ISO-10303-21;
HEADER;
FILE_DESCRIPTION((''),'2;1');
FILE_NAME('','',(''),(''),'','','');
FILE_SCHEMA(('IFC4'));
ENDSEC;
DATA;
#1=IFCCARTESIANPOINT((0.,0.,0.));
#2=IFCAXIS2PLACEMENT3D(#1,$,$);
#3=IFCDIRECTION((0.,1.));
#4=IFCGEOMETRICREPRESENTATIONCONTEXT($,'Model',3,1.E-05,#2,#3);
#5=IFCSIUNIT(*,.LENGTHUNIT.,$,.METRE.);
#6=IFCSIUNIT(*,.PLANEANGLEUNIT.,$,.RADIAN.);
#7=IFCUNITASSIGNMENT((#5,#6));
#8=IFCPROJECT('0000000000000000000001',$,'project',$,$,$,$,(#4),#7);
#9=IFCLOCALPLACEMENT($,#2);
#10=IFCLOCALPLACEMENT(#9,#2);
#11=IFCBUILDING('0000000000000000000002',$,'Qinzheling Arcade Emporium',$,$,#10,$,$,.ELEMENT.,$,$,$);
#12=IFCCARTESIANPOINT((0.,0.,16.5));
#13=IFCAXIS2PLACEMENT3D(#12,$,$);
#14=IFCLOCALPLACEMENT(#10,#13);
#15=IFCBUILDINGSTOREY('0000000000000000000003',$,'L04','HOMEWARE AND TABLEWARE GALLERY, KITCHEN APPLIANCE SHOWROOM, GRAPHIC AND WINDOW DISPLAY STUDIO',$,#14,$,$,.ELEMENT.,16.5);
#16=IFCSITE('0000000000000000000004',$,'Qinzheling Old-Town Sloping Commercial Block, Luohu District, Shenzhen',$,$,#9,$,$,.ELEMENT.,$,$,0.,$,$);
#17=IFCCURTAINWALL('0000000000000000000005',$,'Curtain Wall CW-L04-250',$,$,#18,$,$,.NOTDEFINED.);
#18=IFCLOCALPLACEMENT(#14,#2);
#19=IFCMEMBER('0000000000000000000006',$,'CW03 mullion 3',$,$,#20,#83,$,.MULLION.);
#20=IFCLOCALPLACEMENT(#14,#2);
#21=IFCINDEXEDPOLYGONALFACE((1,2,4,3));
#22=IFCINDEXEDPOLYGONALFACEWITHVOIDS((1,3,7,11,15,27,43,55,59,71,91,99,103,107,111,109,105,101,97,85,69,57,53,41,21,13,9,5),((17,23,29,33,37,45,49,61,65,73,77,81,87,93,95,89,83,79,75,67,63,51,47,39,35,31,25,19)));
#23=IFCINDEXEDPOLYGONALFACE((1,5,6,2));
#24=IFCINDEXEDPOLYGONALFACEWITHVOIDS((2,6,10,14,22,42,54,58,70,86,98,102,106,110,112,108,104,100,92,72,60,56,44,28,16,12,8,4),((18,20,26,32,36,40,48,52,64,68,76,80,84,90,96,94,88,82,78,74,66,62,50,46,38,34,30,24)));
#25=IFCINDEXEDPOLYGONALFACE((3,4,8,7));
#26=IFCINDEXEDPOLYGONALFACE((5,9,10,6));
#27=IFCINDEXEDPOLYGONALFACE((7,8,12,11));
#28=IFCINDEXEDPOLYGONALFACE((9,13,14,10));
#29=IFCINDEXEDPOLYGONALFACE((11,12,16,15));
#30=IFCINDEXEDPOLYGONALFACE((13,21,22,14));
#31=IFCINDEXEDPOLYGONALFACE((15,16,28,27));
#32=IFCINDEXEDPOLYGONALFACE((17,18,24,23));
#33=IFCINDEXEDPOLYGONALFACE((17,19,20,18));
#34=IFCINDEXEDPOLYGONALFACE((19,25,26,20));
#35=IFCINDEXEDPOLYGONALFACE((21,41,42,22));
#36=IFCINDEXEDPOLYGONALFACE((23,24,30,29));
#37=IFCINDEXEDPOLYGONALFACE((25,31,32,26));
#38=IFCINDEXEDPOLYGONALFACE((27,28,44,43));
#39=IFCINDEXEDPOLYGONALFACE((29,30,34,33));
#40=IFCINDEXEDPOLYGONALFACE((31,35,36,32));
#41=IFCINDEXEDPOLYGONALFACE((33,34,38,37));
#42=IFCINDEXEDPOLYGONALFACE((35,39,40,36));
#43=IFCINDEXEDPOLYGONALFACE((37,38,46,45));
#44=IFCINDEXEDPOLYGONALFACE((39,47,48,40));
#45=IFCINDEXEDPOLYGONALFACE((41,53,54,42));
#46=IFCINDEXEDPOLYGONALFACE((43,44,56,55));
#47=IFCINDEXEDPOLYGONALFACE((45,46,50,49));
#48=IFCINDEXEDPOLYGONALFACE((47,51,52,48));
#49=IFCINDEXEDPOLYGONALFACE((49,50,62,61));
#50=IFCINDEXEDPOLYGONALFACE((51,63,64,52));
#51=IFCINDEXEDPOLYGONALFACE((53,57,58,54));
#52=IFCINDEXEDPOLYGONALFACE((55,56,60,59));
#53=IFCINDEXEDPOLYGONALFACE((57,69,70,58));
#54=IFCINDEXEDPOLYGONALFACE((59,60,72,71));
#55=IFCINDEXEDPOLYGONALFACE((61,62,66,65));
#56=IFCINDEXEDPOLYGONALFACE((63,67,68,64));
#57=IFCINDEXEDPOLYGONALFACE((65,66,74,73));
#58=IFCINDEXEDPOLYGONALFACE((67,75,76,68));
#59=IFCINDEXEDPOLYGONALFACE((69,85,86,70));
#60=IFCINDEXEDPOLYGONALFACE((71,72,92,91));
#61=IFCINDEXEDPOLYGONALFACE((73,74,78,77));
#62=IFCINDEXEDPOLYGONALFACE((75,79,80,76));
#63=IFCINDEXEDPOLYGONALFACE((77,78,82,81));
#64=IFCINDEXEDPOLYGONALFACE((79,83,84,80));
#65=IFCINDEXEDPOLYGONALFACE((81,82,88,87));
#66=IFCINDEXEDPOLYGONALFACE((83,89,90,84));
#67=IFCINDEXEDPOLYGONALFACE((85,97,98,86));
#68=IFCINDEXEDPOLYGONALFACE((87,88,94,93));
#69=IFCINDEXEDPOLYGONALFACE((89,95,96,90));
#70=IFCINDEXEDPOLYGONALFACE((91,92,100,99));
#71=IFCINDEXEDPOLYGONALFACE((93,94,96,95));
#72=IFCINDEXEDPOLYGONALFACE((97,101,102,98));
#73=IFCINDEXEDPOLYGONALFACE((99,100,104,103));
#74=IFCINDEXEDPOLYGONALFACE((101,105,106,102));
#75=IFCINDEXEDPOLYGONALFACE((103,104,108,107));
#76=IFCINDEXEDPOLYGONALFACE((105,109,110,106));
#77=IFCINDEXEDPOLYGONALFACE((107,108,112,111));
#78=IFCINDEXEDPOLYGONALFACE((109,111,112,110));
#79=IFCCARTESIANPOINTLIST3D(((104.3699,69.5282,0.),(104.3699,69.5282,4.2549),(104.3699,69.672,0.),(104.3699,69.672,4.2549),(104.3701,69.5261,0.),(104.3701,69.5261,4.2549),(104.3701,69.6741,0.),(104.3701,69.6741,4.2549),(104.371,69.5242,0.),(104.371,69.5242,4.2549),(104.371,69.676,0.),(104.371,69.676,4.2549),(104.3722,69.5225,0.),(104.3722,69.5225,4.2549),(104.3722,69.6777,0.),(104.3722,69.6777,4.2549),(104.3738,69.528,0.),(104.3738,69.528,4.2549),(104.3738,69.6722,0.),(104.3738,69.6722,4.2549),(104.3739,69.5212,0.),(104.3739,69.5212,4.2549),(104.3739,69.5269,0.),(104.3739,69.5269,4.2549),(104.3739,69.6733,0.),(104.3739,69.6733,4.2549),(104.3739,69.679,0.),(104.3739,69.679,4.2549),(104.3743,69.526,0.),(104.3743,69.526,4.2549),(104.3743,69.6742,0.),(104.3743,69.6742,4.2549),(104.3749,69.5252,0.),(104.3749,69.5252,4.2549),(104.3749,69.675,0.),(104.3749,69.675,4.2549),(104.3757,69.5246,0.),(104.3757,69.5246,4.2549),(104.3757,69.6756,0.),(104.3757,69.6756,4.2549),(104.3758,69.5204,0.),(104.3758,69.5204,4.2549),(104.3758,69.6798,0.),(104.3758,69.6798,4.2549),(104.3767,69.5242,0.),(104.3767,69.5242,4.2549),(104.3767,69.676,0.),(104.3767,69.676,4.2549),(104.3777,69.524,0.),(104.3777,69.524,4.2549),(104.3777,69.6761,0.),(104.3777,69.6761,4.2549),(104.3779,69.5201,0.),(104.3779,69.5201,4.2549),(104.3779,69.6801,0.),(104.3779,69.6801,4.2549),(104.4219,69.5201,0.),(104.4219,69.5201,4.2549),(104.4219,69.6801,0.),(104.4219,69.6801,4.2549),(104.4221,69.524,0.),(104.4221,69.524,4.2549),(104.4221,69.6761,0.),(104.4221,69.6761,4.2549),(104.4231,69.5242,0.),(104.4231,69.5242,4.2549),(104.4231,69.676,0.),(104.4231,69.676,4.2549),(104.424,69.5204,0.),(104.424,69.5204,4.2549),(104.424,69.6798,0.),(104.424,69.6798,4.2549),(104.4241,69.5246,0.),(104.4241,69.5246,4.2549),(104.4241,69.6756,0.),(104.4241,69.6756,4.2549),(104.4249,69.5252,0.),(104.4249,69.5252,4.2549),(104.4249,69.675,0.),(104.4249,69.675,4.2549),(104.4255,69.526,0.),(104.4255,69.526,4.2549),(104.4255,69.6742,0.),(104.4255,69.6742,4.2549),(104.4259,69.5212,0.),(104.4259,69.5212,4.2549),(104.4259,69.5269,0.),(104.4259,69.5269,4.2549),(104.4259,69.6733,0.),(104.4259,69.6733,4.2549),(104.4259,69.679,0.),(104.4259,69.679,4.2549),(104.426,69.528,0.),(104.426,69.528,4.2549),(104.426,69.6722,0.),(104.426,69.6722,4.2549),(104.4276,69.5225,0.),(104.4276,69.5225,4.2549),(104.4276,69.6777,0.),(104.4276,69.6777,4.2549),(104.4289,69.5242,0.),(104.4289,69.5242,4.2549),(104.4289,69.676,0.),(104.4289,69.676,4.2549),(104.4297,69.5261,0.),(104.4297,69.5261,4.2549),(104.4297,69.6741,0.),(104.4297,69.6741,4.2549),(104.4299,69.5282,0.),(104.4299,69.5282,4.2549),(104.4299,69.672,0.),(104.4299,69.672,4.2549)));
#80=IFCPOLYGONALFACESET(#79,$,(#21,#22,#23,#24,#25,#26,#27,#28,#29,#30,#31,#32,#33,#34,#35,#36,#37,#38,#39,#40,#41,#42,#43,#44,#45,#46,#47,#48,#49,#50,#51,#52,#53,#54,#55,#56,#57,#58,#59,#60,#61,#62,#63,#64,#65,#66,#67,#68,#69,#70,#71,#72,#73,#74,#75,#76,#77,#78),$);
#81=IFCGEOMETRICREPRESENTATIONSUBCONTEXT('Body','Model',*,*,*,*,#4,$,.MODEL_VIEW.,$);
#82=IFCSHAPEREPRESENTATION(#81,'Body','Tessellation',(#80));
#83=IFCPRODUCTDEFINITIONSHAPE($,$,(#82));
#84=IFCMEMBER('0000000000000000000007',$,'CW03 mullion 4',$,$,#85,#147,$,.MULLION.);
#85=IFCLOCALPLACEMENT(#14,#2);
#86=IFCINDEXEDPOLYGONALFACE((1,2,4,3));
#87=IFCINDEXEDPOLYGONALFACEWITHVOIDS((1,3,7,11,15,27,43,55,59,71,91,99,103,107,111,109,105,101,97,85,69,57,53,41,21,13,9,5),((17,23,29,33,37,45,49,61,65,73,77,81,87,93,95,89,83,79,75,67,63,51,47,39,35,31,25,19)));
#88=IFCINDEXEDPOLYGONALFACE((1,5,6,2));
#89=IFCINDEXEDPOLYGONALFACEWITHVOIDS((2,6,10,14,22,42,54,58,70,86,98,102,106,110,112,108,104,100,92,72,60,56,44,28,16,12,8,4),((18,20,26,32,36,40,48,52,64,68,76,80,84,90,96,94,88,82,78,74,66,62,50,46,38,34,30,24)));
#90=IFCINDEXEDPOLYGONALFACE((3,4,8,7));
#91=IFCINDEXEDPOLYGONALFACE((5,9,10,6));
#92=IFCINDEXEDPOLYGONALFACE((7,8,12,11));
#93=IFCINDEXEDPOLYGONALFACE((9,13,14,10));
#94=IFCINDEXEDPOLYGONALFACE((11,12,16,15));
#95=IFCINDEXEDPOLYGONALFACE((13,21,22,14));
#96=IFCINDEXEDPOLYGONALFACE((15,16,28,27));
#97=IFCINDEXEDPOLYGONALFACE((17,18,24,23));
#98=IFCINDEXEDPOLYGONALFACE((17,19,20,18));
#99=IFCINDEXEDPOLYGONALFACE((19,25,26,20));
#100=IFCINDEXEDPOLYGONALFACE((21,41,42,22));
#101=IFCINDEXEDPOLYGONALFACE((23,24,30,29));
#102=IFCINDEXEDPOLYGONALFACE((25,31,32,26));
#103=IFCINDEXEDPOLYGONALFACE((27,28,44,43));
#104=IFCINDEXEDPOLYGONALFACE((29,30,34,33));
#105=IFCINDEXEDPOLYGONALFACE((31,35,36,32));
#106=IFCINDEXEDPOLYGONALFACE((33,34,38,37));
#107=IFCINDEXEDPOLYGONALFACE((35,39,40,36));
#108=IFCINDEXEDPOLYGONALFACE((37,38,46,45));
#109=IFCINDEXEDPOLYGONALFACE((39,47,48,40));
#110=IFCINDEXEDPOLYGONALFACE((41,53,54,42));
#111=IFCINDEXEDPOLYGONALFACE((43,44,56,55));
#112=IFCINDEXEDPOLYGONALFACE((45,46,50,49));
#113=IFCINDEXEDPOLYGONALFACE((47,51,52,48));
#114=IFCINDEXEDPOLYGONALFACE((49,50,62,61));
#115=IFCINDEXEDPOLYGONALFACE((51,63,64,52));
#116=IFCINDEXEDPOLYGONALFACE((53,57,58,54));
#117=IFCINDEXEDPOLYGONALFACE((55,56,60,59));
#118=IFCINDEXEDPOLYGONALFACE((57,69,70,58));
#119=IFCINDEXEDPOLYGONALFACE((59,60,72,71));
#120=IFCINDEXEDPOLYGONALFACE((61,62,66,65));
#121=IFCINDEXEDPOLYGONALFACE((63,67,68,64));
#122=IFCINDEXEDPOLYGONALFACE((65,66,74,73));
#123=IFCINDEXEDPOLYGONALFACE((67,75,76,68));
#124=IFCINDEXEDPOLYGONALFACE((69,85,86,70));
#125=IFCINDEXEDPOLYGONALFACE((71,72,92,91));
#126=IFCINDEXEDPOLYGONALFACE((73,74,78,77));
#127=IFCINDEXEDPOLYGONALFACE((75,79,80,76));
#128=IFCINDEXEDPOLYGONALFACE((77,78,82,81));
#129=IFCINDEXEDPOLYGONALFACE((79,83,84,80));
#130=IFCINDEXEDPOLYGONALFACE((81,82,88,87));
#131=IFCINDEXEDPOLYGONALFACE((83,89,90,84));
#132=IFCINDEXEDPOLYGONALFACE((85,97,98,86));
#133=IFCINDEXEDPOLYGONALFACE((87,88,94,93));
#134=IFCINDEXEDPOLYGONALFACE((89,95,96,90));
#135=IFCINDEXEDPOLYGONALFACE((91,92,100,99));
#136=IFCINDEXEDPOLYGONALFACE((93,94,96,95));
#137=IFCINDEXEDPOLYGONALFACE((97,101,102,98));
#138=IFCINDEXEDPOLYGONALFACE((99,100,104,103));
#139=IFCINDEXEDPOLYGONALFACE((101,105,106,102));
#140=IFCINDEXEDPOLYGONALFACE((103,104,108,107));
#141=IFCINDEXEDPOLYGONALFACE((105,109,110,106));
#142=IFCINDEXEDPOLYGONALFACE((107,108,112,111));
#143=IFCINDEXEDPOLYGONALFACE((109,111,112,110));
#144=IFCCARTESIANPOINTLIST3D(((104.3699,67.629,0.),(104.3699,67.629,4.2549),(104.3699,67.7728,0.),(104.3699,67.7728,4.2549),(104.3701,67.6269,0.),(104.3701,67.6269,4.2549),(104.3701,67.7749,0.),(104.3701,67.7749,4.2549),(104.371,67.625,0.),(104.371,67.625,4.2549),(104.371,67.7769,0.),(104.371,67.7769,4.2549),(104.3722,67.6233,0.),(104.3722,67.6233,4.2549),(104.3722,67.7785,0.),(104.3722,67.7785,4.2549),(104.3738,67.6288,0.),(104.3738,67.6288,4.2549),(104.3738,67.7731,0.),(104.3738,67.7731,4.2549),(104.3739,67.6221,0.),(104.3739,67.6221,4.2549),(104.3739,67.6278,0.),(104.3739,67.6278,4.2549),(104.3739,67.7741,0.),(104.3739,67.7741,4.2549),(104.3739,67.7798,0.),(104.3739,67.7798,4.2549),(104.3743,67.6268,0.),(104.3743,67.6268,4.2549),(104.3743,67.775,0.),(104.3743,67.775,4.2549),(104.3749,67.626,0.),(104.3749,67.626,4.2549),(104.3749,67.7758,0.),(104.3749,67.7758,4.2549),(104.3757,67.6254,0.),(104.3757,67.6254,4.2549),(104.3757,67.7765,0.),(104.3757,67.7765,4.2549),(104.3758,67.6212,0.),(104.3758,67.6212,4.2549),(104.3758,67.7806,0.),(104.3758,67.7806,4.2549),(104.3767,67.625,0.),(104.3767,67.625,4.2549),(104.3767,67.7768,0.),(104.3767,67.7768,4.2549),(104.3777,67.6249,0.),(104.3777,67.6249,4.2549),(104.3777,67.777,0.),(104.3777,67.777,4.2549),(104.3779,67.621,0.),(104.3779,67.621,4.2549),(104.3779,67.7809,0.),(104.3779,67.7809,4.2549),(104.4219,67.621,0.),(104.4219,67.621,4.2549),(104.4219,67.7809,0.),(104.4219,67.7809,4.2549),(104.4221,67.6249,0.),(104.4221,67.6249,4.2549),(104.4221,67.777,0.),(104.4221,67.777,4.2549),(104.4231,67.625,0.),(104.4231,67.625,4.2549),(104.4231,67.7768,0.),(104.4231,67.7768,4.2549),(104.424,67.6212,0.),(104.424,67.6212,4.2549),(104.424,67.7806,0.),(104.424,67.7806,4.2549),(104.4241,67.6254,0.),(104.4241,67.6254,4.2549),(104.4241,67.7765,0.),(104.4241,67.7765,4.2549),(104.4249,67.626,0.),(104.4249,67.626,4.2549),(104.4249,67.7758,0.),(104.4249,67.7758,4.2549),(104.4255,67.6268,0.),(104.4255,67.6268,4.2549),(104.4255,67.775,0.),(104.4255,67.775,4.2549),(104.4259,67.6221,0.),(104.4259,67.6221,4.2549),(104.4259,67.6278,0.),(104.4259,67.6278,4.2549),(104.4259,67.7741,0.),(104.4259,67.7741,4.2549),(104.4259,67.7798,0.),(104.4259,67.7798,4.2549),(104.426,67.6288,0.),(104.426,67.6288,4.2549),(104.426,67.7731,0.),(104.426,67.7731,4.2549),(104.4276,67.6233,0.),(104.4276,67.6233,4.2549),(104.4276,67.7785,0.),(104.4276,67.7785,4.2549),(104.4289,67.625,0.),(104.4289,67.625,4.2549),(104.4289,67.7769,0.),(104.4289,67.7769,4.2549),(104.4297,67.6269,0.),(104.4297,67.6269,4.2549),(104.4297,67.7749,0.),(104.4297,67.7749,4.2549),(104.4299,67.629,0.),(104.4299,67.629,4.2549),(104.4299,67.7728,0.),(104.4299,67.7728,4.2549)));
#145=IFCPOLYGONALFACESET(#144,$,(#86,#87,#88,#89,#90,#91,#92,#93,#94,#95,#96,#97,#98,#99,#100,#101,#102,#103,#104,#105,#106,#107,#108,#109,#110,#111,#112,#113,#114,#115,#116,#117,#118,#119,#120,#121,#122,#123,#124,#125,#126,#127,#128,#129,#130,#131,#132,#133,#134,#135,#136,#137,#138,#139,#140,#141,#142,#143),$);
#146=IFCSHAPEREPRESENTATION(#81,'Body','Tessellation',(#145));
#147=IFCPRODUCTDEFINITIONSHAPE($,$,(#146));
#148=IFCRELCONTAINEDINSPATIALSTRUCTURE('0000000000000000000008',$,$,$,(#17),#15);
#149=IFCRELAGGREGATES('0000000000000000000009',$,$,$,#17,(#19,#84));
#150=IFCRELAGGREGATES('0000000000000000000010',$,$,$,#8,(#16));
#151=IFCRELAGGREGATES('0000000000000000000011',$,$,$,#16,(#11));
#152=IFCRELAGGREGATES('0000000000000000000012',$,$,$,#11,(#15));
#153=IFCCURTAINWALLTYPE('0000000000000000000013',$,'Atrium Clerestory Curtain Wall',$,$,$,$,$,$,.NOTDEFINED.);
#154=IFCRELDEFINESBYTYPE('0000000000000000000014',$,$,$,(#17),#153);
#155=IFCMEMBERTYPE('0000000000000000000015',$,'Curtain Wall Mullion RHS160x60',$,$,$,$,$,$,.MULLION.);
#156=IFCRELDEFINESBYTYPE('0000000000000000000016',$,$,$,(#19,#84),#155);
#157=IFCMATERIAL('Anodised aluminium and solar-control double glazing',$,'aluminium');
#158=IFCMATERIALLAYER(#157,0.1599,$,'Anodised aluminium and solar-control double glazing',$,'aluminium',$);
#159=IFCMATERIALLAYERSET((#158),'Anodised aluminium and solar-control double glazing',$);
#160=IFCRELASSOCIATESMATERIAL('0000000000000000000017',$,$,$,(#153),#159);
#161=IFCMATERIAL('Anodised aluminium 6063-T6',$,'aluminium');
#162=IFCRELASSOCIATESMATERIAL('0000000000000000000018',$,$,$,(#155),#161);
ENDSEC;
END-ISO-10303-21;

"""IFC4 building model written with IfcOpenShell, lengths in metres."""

from ifc_helpers import new_model, si_unit, direction, frame, origin, origin_2d, place, context, subcontext, project, spatial, hollow_rectangle, extrude, material, layer, layer_set, material_profile, profile_set, type_object, element, aggregate, save


model = new_model("IFC4")

# Units and contexts
model_context = context("Model", 3, precision=1e-05, world=origin(), true_north=direction((0.0, 1.0)))
body_context = subcontext(model_context, "Body", "Model", "MODEL_VIEW")
ifc_project = project(units=[si_unit("LENGTHUNIT", "METRE"), si_unit("PLANEANGLEUNIT", "RADIAN")], contexts=[model_context])

# Site, building, storey
site_placement = place(None, origin())
site = spatial("IfcSite", under=ifc_project, at=site_placement, Name="Qinzheling Old-Town Sloping Commercial Block, Luohu District, Shenzhen", CompositionType="ELEMENT", RefElevation=0.0)
building_placement = place(site_placement, origin())
building = spatial("IfcBuilding", under=site, at=building_placement, Name="Qinzheling Arcade Emporium", CompositionType="ELEMENT")
storey_placement = place(building_placement, frame((0.0, 0.0, 16.5)))
storey = spatial("IfcBuildingStorey", under=building, at=storey_placement, Name="L04", Description="HOMEWARE AND TABLEWARE GALLERY, KITCHEN APPLIANCE SHOWROOM, GRAPHIC AND WINDOW DISPLAY STUDIO", CompositionType="ELEMENT", Elevation=16.5)

# Curtain wall, members
ifc_material_1 = material(Name="Anodised aluminium and solar-control double glazing", Category="aluminium")
ifc_layer_1 = layer(ifc_material_1, 0.1599, Name="Anodised aluminium and solar-control double glazing", Category="aluminium")
ifc_layer_set_1 = layer_set([ifc_layer_1], Name="Anodised aluminium and solar-control double glazing")
curtain_wall_type = type_object("IfcCurtainWallType", Name="Atrium Clerestory Curtain Wall", PredefinedType="NOTDEFINED", material=ifc_layer_set_1)
curtain_wall_placement = place(storey_placement, origin())
curtain_wall = element("IfcCurtainWall", 1, at=curtain_wall_placement, inside=storey, type_object=curtain_wall_type, Name="Curtain Wall CW-L04-250", PredefinedType="NOTDEFINED")
ifc_material_2 = material(Name="Anodised aluminium 6063-T6", Category="aluminium")
ifc_material_profile_1 = material_profile(ifc_material_2, hollow_rectangle(XDim=0.0601, YDim=0.1599, WallThickness=0.0039, InnerFilletRadius=0.0039, OuterFilletRadius=0.0081, at=origin_2d()), Name="RHS 160x60x4", Category="aluminium")
ifc_profile_set_1 = profile_set([ifc_material_profile_1], Name="Anodised aluminium 6063-T6")
member_type_1 = type_object("IfcMemberType", Name="Curtain Wall Mullion RHS160x60", PredefinedType="MULLION", material=ifc_profile_set_1)
member_1_placement = place(storey_placement, frame((104.3999, 69.6001, 0.0), z_axis=(0.0, 0.0, 1.0), x_axis=(1.0, 0.0, 0.0)))
member_1 = element("IfcMember", 2, at=member_1_placement, type_object=member_type_1, Name="CW03 mullion 3", PredefinedType="MULLION", context=body_context, shape_type="SweptSolid", body=[
    extrude(hollow_rectangle(XDim=0.0601, YDim=0.1599, WallThickness=0.0039, InnerFilletRadius=0.0039, OuterFilletRadius=0.0081, at=origin_2d()), origin(), (0.0, 0.0, 1.0), 4.2549),
])
member_2_placement = place(storey_placement, frame((104.3999, 67.7009, 0.0), z_axis=(0.0, 0.0, 1.0), x_axis=(1.0, 0.0, 0.0)))
member_2 = element("IfcMember", 3, at=member_2_placement, type_object=member_type_1, Name="CW03 mullion 4", PredefinedType="MULLION", context=body_context, shape_type="SweptSolid", body=[
    extrude(hollow_rectangle(XDim=0.0601, YDim=0.1599, WallThickness=0.0039, InnerFilletRadius=0.0039, OuterFilletRadius=0.0081, at=origin_2d()), origin(), (0.0, 0.0, 1.0), 4.2549),
])

aggregate(curtain_wall, [member_1, member_2])

save(model, "model.ifc")
